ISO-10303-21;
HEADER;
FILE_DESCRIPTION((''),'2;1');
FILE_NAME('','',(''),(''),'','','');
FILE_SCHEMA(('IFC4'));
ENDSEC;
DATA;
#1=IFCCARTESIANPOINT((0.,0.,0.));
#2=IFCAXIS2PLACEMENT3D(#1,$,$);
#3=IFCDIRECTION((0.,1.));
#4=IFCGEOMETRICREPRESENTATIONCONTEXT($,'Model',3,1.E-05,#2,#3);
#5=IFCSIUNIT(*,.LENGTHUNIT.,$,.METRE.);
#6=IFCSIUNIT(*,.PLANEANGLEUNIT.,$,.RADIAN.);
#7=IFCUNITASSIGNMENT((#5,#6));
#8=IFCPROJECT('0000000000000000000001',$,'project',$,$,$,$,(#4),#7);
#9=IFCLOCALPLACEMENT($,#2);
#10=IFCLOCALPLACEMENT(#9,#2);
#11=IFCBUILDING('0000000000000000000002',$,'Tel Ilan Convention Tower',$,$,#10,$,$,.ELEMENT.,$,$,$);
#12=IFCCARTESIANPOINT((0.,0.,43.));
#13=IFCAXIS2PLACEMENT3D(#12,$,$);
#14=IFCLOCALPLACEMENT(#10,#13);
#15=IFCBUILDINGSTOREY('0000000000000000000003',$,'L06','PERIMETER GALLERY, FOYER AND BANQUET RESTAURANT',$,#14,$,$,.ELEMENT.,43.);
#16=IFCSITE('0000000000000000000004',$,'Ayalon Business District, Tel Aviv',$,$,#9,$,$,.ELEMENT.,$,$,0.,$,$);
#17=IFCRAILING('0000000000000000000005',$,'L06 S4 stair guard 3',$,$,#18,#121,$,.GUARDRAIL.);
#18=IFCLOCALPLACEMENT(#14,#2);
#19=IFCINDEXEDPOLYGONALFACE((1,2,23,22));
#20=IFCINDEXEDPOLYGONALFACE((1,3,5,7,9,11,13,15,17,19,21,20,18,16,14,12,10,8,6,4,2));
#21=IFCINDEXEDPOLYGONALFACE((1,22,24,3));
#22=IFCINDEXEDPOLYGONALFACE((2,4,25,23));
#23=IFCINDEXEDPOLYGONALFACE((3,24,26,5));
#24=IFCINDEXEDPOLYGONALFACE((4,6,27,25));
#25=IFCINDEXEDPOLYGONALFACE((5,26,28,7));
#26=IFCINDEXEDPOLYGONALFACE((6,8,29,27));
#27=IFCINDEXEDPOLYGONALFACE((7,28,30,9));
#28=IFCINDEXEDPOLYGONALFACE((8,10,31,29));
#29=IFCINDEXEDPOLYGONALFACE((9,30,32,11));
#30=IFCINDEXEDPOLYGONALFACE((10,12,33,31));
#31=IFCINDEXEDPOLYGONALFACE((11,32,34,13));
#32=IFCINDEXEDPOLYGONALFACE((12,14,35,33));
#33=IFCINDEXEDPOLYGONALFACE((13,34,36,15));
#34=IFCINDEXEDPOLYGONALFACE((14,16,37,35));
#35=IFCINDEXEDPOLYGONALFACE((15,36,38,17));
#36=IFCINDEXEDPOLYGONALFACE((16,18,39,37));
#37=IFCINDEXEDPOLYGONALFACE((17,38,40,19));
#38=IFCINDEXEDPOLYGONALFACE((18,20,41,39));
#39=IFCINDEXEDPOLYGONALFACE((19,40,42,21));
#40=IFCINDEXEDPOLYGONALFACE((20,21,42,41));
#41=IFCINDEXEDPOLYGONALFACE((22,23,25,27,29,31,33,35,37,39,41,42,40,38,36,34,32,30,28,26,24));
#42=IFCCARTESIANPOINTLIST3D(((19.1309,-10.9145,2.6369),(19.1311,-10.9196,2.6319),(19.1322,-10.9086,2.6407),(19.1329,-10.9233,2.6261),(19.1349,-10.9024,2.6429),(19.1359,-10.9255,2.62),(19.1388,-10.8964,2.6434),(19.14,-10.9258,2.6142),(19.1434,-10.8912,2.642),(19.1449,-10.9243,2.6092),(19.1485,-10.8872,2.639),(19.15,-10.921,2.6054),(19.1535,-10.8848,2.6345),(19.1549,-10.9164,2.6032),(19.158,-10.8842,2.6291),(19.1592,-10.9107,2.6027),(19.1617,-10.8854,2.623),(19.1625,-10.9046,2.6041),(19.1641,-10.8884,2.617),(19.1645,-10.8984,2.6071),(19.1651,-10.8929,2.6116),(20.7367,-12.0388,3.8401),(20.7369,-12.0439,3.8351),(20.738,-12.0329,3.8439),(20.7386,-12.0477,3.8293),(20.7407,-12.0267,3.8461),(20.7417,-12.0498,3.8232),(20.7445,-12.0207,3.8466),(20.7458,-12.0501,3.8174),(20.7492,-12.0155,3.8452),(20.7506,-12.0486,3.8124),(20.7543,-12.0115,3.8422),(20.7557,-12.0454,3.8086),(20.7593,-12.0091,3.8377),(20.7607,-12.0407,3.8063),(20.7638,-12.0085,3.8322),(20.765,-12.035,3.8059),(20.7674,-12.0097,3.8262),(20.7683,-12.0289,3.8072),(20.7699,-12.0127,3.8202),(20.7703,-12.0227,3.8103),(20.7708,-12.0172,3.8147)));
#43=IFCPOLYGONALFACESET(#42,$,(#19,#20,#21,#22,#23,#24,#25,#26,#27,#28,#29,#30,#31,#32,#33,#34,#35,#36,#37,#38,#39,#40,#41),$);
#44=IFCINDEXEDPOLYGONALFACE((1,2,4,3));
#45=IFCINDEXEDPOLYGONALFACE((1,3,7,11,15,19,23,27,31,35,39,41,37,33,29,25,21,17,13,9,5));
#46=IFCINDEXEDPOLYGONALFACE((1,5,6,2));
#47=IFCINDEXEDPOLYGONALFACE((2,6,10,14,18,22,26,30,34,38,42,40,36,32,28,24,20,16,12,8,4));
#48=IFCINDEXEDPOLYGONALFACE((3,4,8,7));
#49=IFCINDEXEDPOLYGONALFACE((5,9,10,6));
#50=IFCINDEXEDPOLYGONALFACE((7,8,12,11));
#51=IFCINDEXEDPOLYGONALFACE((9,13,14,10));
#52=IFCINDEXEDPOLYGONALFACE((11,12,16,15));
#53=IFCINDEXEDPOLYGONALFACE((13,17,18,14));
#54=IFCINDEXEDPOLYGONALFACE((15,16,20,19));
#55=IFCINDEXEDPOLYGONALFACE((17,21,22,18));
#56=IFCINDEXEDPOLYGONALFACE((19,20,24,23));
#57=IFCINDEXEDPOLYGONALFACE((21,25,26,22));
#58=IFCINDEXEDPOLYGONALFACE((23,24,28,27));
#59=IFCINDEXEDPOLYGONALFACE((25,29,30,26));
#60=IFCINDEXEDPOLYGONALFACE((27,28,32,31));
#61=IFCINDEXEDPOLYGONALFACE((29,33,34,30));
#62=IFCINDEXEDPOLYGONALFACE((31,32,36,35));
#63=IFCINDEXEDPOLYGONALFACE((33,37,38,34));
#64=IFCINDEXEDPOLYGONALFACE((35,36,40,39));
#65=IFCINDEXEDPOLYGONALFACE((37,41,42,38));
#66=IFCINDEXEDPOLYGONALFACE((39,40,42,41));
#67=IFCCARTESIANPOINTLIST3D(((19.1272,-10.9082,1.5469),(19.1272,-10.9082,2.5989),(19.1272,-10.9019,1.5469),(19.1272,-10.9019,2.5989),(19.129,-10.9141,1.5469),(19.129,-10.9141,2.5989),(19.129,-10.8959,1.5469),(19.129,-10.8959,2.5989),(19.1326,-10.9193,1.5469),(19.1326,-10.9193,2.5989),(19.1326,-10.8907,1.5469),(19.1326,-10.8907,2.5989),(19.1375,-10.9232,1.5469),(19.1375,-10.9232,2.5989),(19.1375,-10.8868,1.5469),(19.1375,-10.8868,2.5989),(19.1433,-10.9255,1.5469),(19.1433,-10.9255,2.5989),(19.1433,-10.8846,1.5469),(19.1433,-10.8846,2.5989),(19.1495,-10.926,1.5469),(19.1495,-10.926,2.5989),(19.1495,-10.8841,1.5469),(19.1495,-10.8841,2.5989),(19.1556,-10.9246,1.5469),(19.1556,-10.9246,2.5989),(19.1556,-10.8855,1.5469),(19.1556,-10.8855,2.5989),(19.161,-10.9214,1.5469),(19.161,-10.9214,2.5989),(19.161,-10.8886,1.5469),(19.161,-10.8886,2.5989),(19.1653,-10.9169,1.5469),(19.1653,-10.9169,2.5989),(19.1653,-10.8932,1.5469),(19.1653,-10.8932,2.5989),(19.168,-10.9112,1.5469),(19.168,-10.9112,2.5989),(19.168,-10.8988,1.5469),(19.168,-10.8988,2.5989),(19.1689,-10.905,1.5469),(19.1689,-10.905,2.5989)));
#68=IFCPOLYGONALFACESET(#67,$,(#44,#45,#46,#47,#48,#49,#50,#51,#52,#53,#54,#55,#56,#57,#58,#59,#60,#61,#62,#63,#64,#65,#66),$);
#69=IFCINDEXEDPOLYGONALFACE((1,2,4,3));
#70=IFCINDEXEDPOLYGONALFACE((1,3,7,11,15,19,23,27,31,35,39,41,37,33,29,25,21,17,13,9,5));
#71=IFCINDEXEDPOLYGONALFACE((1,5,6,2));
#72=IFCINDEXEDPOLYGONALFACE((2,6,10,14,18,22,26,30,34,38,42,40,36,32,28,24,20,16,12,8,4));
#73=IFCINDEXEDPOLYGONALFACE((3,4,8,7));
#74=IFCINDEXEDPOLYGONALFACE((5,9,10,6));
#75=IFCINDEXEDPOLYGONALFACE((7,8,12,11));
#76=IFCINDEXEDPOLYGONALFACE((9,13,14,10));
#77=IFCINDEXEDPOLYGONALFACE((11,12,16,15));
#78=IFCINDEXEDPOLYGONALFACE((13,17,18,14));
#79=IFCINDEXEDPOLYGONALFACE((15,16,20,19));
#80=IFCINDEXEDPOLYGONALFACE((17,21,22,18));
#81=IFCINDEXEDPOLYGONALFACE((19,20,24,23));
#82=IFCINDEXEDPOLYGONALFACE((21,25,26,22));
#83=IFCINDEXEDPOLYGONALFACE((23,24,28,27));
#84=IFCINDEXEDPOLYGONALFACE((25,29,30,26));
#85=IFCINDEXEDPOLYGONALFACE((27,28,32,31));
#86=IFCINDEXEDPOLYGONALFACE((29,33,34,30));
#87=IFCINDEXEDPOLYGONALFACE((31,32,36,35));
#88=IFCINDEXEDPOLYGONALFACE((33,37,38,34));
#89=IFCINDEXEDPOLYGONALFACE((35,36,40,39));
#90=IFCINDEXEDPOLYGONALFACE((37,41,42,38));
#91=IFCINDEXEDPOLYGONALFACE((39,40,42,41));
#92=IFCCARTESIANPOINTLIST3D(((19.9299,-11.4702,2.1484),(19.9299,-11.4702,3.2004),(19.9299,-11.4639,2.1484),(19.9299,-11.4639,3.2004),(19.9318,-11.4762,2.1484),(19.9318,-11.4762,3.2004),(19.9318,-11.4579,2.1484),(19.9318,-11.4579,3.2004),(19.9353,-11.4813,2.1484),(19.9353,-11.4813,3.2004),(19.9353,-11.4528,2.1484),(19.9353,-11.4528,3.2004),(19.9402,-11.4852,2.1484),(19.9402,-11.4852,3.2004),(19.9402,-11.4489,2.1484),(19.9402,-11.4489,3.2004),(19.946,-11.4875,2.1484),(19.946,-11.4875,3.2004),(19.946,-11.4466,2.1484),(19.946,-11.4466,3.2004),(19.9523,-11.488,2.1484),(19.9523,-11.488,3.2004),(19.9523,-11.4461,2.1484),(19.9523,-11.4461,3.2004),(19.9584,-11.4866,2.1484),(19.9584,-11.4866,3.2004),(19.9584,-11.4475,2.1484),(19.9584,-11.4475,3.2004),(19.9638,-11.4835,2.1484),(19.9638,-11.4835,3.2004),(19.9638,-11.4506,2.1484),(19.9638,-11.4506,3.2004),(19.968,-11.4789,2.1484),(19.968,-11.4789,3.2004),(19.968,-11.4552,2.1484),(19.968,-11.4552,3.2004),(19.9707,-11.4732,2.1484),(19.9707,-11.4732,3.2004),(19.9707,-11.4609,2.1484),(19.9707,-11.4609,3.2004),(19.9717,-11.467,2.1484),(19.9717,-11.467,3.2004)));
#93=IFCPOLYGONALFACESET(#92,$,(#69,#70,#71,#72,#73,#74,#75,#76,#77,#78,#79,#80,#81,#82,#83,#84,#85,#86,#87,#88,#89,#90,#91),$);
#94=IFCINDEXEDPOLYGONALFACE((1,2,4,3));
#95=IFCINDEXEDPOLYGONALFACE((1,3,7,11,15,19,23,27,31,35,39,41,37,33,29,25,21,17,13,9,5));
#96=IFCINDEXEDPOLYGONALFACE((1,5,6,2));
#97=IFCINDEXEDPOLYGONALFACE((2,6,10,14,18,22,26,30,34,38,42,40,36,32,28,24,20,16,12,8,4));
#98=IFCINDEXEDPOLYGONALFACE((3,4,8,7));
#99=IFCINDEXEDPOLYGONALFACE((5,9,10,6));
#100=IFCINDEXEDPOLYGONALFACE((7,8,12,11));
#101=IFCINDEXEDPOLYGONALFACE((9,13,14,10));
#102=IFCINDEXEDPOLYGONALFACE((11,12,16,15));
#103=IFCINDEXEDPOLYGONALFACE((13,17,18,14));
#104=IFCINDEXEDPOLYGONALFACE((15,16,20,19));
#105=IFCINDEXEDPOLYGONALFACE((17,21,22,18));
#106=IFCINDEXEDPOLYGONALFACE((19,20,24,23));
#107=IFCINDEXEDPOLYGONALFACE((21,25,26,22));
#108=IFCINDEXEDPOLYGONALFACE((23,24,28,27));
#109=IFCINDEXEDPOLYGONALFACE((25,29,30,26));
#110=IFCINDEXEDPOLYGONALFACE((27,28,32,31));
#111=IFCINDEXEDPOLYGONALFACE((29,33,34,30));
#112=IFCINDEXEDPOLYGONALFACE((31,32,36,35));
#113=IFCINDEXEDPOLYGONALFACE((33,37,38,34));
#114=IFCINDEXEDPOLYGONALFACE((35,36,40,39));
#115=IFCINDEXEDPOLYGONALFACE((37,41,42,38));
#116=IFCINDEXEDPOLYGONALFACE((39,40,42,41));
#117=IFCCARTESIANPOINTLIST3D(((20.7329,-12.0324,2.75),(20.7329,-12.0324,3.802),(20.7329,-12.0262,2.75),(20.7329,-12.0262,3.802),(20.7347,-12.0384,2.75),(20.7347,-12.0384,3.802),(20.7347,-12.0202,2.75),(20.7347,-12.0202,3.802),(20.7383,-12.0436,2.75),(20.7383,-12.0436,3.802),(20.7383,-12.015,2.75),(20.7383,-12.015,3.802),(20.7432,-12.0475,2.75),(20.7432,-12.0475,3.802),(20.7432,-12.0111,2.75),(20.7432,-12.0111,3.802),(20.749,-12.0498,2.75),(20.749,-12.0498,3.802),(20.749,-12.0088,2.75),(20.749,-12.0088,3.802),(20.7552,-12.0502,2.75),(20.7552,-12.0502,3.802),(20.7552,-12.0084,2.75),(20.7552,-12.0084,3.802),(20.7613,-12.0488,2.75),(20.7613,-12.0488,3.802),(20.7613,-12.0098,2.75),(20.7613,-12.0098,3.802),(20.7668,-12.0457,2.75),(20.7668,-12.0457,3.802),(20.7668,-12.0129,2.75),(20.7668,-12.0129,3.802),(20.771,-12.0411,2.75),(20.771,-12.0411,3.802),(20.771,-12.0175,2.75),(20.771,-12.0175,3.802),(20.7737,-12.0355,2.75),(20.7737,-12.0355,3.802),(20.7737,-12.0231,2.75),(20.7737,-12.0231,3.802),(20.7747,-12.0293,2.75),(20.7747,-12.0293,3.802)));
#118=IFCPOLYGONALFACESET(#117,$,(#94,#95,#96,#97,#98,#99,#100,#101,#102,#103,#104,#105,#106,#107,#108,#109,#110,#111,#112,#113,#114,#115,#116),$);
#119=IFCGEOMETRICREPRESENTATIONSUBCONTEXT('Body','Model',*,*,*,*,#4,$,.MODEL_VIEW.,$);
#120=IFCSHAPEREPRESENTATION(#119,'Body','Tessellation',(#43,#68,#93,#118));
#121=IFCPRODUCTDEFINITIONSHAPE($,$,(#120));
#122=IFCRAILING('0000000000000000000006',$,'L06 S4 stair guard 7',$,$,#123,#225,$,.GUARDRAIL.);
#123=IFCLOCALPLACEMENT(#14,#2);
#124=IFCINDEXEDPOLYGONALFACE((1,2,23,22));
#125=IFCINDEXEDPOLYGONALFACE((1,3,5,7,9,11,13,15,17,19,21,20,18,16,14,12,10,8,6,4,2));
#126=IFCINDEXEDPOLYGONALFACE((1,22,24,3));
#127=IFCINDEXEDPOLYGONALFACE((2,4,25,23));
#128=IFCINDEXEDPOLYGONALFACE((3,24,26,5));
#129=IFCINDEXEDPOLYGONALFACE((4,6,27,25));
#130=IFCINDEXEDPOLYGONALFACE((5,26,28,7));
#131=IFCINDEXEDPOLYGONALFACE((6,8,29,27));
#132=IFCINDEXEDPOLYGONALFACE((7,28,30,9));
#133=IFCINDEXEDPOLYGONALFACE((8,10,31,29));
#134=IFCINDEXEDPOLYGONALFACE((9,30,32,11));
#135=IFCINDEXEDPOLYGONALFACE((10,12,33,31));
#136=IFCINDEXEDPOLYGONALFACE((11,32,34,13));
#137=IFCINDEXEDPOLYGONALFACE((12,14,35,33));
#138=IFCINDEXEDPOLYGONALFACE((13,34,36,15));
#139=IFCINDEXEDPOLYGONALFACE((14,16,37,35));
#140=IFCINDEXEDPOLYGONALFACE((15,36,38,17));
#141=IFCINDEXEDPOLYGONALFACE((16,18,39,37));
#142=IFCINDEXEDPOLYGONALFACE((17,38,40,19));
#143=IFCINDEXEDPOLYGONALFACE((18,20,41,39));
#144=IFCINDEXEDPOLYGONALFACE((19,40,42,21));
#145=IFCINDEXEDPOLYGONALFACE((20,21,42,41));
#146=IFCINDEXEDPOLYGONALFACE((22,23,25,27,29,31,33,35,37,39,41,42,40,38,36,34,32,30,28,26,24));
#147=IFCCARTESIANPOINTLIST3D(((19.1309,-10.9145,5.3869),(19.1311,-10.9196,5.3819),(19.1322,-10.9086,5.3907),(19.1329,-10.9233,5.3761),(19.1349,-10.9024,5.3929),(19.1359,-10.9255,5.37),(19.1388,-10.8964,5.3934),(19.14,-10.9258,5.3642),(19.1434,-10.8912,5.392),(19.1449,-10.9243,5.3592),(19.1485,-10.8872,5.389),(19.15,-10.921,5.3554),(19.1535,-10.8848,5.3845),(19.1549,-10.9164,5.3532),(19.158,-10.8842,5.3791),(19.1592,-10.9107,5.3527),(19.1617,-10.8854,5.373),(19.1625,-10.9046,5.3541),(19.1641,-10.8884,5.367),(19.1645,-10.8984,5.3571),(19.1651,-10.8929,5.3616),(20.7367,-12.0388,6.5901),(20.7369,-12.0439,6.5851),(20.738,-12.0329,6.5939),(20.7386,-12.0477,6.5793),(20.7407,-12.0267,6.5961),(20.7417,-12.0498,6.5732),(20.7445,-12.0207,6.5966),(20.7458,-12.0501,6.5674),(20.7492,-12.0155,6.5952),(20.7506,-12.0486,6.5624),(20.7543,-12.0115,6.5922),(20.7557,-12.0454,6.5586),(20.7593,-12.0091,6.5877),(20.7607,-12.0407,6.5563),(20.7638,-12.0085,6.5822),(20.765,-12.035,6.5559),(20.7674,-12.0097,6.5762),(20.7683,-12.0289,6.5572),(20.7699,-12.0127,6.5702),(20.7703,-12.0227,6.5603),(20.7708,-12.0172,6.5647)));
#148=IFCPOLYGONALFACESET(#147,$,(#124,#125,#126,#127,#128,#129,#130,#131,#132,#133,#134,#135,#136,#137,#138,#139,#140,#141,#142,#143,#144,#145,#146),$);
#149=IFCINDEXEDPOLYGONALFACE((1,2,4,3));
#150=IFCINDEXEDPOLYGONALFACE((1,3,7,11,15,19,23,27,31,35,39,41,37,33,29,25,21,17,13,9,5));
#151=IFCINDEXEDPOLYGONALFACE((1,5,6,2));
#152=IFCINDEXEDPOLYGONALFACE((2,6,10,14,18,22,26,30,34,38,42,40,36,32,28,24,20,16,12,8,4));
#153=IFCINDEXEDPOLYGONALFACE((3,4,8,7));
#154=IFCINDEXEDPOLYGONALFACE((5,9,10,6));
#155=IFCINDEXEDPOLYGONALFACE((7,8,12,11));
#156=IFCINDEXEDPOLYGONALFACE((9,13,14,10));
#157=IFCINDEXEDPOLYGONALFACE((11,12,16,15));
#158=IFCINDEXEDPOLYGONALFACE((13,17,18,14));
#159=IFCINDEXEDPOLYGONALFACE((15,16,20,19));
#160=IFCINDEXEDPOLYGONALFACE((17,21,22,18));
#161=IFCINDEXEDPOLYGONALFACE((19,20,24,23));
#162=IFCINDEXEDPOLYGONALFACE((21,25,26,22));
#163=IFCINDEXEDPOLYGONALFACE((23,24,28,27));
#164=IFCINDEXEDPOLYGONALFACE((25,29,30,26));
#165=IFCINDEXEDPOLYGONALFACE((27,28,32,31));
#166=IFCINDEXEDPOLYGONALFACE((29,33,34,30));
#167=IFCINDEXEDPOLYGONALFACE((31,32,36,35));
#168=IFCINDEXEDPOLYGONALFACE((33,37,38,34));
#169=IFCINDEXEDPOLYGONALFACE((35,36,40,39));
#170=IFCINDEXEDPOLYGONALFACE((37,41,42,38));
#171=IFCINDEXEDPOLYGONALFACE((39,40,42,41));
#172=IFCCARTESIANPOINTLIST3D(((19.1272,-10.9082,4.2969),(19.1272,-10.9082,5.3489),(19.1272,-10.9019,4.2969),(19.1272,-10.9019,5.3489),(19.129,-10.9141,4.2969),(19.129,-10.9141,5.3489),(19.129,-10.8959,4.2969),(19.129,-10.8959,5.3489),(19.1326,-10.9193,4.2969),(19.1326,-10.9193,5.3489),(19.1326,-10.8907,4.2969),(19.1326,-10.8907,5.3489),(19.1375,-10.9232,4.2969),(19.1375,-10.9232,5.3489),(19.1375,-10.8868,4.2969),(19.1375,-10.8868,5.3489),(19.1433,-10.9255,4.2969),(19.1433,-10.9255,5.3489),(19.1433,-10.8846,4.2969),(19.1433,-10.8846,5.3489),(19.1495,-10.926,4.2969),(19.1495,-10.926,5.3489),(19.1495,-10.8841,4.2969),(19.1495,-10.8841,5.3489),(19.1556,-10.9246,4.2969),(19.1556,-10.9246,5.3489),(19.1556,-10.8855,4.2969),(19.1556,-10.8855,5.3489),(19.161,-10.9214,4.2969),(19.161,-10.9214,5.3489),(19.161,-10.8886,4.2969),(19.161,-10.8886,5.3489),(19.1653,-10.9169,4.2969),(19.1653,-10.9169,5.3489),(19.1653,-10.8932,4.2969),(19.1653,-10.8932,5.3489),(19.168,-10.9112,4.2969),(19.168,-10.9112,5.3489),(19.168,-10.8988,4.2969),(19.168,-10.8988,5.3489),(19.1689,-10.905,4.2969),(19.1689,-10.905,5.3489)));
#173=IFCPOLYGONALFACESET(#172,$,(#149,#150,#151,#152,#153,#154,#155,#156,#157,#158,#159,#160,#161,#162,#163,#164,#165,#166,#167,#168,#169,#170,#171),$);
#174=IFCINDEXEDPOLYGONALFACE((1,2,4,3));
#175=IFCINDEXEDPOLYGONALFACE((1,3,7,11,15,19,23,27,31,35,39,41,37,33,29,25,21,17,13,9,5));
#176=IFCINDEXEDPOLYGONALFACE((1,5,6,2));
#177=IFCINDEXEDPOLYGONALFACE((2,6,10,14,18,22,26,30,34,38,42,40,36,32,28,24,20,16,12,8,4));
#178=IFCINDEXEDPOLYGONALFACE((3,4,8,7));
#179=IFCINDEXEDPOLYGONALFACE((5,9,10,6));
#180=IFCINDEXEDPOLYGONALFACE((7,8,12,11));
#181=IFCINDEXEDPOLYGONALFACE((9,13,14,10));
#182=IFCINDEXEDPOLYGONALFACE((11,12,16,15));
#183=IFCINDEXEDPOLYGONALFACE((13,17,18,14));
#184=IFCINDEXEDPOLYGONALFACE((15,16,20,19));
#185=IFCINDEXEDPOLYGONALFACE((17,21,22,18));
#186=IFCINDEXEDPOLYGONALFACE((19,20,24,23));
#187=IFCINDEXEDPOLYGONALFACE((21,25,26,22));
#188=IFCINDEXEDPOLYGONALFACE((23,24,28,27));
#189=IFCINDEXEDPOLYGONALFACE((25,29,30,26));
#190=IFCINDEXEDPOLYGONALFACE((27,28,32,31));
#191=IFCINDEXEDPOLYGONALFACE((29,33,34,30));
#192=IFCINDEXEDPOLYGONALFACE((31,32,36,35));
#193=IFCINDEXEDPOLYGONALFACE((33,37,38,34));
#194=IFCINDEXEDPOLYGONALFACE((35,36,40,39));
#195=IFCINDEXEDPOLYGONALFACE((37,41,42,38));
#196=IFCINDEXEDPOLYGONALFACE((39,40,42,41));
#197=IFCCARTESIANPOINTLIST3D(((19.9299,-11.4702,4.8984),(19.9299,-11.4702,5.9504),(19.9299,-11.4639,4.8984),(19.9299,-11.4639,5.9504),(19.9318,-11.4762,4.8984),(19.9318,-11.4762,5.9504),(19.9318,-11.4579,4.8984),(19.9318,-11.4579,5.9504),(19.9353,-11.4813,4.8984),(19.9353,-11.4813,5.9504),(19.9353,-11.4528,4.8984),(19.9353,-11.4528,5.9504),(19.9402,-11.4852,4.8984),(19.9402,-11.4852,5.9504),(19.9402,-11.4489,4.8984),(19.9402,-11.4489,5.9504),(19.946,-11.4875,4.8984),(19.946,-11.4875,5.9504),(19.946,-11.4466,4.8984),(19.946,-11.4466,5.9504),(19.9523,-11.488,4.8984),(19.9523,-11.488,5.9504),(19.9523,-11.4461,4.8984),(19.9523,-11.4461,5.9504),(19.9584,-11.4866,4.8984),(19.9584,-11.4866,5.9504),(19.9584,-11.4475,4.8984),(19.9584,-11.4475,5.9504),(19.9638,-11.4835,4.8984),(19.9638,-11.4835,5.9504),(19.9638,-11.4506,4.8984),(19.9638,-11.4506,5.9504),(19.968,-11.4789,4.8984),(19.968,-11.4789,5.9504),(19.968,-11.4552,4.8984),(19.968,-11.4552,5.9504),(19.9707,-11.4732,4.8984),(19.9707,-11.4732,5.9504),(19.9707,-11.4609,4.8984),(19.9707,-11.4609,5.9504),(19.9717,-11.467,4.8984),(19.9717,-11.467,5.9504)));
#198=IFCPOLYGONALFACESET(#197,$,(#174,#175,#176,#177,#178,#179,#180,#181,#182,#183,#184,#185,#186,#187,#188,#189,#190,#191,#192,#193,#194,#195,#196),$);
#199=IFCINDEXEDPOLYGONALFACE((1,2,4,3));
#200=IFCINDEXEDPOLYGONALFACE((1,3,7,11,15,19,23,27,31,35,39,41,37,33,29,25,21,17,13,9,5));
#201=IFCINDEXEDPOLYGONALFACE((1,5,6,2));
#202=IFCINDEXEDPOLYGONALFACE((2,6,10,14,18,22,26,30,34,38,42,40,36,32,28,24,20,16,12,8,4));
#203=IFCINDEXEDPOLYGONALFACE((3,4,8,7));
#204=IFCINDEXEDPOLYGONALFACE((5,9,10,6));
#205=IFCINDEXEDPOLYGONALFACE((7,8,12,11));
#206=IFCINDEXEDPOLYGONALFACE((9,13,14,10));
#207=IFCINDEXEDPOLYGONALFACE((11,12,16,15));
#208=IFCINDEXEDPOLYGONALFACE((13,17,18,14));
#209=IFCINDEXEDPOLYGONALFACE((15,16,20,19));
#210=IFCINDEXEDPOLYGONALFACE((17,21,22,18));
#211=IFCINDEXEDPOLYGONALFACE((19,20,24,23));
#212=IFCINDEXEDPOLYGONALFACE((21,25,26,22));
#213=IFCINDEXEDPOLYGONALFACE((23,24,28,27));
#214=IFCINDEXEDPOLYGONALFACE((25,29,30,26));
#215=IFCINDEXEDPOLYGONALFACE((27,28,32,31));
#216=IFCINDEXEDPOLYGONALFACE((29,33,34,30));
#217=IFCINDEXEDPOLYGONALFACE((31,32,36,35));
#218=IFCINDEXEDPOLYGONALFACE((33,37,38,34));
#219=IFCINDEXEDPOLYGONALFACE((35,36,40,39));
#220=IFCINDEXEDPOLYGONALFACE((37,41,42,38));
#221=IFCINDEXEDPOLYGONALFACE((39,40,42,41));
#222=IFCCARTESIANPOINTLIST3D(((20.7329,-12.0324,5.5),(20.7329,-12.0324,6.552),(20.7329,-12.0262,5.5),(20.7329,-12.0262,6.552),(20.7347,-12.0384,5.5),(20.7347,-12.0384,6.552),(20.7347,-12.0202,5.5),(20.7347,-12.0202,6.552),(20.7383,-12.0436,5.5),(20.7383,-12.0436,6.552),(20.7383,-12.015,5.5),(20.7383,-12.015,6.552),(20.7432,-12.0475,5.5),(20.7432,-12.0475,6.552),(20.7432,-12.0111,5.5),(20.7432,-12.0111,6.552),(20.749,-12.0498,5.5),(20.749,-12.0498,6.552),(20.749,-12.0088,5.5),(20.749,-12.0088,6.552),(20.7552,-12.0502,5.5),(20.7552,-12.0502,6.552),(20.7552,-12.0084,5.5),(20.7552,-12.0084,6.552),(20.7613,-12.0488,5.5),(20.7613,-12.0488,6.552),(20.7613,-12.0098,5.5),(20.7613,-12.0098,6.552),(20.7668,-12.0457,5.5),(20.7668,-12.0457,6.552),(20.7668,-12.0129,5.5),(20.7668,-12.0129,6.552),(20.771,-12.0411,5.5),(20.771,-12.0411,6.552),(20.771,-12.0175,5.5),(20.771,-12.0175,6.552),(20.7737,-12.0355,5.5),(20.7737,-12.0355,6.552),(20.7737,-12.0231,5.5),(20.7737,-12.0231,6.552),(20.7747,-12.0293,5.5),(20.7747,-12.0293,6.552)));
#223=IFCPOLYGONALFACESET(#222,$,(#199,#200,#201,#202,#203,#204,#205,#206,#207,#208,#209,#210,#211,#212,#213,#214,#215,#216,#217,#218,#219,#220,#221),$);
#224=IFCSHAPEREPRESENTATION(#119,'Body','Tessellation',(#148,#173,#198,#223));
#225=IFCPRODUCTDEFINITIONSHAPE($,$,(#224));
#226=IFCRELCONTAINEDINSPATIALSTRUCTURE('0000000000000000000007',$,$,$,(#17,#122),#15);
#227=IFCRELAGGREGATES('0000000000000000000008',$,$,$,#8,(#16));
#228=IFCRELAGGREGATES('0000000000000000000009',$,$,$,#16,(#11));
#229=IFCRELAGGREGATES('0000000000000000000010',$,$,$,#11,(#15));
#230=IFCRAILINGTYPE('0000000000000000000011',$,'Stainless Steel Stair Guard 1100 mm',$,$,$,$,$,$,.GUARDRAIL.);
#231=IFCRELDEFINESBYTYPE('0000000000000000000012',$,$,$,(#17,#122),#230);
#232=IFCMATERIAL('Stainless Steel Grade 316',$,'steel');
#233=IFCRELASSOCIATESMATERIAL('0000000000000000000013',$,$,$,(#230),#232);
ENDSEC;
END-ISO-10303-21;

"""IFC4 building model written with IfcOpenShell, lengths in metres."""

from ifc_helpers import new_model, si_unit, direction, frame, origin, origin_2d, place, context, subcontext, project, spatial, circle, extrude, material, type_object, element, save


model = new_model("IFC4")

# Units and contexts
model_context = context("Model", 3, precision=1e-05, world=origin(), true_north=direction((0.0, 1.0)))
body_context = subcontext(model_context, "Body", "Model", "MODEL_VIEW")
ifc_project = project(units=[si_unit("LENGTHUNIT", "METRE"), si_unit("PLANEANGLEUNIT", "RADIAN")], contexts=[model_context])

# Site, building, storey
site_placement = place(None, origin())
site = spatial("IfcSite", under=ifc_project, at=site_placement, Name="Ayalon Business District, Tel Aviv", CompositionType="ELEMENT", RefElevation=0.0)
building_placement = place(site_placement, origin())
building = spatial("IfcBuilding", under=site, at=building_placement, Name="Tel Ilan Convention Tower", CompositionType="ELEMENT")
storey_placement = place(building_placement, frame((0.0, 0.0, 43.0)))
storey = spatial("IfcBuildingStorey", under=building, at=storey_placement, Name="L06", Description="PERIMETER GALLERY, FOYER AND BANQUET RESTAURANT", CompositionType="ELEMENT", Elevation=43.0)

# Railings
ifc_material_1 = material(Name="Stainless Steel Grade 316", Category="steel")
railing_type_1 = type_object("IfcRailingType", Name="Stainless Steel Stair Guard 1100 mm", PredefinedType="GUARDRAIL", material=ifc_material_1)
for number, where, name in (
    (1, (19.1479, -10.905, 1.5469), "L06 S4 stair guard 3"),
    (2, (19.1479, -10.905, 4.2969), "L06 S4 stair guard 7"),
):
    element("IfcRailing", number, at=place(storey_placement, frame(where)), inside=storey, type_object=railing_type_1, Name=name, PredefinedType="GUARDRAIL", context=body_context, shape_type="SweptSolid", body=[
        extrude(circle(Radius=0.0239, at=origin_2d()), frame((0.0, 0.0, 1.0762), z_axis=(0.698149, -0.488821, 0.523108), x_axis=(0.573554, 0.819168, 0.0)), (0.0, 0.0, 1.0), 2.3),
        extrude(circle(Radius=0.021, at=origin_2d()), origin(), (0.0, 0.0, 1.0), 1.052),
        extrude(circle(Radius=0.021, at=origin_2d()), frame((0.8027, -0.562, 0.6016)), (0.0, 0.0, 1.0), 1.052),
        extrude(circle(Radius=0.021, at=origin_2d()), frame((1.6057, -1.1243, 1.2031)), (0.0, 0.0, 1.0), 1.052),
    ])

save(model, "model.ifc")
